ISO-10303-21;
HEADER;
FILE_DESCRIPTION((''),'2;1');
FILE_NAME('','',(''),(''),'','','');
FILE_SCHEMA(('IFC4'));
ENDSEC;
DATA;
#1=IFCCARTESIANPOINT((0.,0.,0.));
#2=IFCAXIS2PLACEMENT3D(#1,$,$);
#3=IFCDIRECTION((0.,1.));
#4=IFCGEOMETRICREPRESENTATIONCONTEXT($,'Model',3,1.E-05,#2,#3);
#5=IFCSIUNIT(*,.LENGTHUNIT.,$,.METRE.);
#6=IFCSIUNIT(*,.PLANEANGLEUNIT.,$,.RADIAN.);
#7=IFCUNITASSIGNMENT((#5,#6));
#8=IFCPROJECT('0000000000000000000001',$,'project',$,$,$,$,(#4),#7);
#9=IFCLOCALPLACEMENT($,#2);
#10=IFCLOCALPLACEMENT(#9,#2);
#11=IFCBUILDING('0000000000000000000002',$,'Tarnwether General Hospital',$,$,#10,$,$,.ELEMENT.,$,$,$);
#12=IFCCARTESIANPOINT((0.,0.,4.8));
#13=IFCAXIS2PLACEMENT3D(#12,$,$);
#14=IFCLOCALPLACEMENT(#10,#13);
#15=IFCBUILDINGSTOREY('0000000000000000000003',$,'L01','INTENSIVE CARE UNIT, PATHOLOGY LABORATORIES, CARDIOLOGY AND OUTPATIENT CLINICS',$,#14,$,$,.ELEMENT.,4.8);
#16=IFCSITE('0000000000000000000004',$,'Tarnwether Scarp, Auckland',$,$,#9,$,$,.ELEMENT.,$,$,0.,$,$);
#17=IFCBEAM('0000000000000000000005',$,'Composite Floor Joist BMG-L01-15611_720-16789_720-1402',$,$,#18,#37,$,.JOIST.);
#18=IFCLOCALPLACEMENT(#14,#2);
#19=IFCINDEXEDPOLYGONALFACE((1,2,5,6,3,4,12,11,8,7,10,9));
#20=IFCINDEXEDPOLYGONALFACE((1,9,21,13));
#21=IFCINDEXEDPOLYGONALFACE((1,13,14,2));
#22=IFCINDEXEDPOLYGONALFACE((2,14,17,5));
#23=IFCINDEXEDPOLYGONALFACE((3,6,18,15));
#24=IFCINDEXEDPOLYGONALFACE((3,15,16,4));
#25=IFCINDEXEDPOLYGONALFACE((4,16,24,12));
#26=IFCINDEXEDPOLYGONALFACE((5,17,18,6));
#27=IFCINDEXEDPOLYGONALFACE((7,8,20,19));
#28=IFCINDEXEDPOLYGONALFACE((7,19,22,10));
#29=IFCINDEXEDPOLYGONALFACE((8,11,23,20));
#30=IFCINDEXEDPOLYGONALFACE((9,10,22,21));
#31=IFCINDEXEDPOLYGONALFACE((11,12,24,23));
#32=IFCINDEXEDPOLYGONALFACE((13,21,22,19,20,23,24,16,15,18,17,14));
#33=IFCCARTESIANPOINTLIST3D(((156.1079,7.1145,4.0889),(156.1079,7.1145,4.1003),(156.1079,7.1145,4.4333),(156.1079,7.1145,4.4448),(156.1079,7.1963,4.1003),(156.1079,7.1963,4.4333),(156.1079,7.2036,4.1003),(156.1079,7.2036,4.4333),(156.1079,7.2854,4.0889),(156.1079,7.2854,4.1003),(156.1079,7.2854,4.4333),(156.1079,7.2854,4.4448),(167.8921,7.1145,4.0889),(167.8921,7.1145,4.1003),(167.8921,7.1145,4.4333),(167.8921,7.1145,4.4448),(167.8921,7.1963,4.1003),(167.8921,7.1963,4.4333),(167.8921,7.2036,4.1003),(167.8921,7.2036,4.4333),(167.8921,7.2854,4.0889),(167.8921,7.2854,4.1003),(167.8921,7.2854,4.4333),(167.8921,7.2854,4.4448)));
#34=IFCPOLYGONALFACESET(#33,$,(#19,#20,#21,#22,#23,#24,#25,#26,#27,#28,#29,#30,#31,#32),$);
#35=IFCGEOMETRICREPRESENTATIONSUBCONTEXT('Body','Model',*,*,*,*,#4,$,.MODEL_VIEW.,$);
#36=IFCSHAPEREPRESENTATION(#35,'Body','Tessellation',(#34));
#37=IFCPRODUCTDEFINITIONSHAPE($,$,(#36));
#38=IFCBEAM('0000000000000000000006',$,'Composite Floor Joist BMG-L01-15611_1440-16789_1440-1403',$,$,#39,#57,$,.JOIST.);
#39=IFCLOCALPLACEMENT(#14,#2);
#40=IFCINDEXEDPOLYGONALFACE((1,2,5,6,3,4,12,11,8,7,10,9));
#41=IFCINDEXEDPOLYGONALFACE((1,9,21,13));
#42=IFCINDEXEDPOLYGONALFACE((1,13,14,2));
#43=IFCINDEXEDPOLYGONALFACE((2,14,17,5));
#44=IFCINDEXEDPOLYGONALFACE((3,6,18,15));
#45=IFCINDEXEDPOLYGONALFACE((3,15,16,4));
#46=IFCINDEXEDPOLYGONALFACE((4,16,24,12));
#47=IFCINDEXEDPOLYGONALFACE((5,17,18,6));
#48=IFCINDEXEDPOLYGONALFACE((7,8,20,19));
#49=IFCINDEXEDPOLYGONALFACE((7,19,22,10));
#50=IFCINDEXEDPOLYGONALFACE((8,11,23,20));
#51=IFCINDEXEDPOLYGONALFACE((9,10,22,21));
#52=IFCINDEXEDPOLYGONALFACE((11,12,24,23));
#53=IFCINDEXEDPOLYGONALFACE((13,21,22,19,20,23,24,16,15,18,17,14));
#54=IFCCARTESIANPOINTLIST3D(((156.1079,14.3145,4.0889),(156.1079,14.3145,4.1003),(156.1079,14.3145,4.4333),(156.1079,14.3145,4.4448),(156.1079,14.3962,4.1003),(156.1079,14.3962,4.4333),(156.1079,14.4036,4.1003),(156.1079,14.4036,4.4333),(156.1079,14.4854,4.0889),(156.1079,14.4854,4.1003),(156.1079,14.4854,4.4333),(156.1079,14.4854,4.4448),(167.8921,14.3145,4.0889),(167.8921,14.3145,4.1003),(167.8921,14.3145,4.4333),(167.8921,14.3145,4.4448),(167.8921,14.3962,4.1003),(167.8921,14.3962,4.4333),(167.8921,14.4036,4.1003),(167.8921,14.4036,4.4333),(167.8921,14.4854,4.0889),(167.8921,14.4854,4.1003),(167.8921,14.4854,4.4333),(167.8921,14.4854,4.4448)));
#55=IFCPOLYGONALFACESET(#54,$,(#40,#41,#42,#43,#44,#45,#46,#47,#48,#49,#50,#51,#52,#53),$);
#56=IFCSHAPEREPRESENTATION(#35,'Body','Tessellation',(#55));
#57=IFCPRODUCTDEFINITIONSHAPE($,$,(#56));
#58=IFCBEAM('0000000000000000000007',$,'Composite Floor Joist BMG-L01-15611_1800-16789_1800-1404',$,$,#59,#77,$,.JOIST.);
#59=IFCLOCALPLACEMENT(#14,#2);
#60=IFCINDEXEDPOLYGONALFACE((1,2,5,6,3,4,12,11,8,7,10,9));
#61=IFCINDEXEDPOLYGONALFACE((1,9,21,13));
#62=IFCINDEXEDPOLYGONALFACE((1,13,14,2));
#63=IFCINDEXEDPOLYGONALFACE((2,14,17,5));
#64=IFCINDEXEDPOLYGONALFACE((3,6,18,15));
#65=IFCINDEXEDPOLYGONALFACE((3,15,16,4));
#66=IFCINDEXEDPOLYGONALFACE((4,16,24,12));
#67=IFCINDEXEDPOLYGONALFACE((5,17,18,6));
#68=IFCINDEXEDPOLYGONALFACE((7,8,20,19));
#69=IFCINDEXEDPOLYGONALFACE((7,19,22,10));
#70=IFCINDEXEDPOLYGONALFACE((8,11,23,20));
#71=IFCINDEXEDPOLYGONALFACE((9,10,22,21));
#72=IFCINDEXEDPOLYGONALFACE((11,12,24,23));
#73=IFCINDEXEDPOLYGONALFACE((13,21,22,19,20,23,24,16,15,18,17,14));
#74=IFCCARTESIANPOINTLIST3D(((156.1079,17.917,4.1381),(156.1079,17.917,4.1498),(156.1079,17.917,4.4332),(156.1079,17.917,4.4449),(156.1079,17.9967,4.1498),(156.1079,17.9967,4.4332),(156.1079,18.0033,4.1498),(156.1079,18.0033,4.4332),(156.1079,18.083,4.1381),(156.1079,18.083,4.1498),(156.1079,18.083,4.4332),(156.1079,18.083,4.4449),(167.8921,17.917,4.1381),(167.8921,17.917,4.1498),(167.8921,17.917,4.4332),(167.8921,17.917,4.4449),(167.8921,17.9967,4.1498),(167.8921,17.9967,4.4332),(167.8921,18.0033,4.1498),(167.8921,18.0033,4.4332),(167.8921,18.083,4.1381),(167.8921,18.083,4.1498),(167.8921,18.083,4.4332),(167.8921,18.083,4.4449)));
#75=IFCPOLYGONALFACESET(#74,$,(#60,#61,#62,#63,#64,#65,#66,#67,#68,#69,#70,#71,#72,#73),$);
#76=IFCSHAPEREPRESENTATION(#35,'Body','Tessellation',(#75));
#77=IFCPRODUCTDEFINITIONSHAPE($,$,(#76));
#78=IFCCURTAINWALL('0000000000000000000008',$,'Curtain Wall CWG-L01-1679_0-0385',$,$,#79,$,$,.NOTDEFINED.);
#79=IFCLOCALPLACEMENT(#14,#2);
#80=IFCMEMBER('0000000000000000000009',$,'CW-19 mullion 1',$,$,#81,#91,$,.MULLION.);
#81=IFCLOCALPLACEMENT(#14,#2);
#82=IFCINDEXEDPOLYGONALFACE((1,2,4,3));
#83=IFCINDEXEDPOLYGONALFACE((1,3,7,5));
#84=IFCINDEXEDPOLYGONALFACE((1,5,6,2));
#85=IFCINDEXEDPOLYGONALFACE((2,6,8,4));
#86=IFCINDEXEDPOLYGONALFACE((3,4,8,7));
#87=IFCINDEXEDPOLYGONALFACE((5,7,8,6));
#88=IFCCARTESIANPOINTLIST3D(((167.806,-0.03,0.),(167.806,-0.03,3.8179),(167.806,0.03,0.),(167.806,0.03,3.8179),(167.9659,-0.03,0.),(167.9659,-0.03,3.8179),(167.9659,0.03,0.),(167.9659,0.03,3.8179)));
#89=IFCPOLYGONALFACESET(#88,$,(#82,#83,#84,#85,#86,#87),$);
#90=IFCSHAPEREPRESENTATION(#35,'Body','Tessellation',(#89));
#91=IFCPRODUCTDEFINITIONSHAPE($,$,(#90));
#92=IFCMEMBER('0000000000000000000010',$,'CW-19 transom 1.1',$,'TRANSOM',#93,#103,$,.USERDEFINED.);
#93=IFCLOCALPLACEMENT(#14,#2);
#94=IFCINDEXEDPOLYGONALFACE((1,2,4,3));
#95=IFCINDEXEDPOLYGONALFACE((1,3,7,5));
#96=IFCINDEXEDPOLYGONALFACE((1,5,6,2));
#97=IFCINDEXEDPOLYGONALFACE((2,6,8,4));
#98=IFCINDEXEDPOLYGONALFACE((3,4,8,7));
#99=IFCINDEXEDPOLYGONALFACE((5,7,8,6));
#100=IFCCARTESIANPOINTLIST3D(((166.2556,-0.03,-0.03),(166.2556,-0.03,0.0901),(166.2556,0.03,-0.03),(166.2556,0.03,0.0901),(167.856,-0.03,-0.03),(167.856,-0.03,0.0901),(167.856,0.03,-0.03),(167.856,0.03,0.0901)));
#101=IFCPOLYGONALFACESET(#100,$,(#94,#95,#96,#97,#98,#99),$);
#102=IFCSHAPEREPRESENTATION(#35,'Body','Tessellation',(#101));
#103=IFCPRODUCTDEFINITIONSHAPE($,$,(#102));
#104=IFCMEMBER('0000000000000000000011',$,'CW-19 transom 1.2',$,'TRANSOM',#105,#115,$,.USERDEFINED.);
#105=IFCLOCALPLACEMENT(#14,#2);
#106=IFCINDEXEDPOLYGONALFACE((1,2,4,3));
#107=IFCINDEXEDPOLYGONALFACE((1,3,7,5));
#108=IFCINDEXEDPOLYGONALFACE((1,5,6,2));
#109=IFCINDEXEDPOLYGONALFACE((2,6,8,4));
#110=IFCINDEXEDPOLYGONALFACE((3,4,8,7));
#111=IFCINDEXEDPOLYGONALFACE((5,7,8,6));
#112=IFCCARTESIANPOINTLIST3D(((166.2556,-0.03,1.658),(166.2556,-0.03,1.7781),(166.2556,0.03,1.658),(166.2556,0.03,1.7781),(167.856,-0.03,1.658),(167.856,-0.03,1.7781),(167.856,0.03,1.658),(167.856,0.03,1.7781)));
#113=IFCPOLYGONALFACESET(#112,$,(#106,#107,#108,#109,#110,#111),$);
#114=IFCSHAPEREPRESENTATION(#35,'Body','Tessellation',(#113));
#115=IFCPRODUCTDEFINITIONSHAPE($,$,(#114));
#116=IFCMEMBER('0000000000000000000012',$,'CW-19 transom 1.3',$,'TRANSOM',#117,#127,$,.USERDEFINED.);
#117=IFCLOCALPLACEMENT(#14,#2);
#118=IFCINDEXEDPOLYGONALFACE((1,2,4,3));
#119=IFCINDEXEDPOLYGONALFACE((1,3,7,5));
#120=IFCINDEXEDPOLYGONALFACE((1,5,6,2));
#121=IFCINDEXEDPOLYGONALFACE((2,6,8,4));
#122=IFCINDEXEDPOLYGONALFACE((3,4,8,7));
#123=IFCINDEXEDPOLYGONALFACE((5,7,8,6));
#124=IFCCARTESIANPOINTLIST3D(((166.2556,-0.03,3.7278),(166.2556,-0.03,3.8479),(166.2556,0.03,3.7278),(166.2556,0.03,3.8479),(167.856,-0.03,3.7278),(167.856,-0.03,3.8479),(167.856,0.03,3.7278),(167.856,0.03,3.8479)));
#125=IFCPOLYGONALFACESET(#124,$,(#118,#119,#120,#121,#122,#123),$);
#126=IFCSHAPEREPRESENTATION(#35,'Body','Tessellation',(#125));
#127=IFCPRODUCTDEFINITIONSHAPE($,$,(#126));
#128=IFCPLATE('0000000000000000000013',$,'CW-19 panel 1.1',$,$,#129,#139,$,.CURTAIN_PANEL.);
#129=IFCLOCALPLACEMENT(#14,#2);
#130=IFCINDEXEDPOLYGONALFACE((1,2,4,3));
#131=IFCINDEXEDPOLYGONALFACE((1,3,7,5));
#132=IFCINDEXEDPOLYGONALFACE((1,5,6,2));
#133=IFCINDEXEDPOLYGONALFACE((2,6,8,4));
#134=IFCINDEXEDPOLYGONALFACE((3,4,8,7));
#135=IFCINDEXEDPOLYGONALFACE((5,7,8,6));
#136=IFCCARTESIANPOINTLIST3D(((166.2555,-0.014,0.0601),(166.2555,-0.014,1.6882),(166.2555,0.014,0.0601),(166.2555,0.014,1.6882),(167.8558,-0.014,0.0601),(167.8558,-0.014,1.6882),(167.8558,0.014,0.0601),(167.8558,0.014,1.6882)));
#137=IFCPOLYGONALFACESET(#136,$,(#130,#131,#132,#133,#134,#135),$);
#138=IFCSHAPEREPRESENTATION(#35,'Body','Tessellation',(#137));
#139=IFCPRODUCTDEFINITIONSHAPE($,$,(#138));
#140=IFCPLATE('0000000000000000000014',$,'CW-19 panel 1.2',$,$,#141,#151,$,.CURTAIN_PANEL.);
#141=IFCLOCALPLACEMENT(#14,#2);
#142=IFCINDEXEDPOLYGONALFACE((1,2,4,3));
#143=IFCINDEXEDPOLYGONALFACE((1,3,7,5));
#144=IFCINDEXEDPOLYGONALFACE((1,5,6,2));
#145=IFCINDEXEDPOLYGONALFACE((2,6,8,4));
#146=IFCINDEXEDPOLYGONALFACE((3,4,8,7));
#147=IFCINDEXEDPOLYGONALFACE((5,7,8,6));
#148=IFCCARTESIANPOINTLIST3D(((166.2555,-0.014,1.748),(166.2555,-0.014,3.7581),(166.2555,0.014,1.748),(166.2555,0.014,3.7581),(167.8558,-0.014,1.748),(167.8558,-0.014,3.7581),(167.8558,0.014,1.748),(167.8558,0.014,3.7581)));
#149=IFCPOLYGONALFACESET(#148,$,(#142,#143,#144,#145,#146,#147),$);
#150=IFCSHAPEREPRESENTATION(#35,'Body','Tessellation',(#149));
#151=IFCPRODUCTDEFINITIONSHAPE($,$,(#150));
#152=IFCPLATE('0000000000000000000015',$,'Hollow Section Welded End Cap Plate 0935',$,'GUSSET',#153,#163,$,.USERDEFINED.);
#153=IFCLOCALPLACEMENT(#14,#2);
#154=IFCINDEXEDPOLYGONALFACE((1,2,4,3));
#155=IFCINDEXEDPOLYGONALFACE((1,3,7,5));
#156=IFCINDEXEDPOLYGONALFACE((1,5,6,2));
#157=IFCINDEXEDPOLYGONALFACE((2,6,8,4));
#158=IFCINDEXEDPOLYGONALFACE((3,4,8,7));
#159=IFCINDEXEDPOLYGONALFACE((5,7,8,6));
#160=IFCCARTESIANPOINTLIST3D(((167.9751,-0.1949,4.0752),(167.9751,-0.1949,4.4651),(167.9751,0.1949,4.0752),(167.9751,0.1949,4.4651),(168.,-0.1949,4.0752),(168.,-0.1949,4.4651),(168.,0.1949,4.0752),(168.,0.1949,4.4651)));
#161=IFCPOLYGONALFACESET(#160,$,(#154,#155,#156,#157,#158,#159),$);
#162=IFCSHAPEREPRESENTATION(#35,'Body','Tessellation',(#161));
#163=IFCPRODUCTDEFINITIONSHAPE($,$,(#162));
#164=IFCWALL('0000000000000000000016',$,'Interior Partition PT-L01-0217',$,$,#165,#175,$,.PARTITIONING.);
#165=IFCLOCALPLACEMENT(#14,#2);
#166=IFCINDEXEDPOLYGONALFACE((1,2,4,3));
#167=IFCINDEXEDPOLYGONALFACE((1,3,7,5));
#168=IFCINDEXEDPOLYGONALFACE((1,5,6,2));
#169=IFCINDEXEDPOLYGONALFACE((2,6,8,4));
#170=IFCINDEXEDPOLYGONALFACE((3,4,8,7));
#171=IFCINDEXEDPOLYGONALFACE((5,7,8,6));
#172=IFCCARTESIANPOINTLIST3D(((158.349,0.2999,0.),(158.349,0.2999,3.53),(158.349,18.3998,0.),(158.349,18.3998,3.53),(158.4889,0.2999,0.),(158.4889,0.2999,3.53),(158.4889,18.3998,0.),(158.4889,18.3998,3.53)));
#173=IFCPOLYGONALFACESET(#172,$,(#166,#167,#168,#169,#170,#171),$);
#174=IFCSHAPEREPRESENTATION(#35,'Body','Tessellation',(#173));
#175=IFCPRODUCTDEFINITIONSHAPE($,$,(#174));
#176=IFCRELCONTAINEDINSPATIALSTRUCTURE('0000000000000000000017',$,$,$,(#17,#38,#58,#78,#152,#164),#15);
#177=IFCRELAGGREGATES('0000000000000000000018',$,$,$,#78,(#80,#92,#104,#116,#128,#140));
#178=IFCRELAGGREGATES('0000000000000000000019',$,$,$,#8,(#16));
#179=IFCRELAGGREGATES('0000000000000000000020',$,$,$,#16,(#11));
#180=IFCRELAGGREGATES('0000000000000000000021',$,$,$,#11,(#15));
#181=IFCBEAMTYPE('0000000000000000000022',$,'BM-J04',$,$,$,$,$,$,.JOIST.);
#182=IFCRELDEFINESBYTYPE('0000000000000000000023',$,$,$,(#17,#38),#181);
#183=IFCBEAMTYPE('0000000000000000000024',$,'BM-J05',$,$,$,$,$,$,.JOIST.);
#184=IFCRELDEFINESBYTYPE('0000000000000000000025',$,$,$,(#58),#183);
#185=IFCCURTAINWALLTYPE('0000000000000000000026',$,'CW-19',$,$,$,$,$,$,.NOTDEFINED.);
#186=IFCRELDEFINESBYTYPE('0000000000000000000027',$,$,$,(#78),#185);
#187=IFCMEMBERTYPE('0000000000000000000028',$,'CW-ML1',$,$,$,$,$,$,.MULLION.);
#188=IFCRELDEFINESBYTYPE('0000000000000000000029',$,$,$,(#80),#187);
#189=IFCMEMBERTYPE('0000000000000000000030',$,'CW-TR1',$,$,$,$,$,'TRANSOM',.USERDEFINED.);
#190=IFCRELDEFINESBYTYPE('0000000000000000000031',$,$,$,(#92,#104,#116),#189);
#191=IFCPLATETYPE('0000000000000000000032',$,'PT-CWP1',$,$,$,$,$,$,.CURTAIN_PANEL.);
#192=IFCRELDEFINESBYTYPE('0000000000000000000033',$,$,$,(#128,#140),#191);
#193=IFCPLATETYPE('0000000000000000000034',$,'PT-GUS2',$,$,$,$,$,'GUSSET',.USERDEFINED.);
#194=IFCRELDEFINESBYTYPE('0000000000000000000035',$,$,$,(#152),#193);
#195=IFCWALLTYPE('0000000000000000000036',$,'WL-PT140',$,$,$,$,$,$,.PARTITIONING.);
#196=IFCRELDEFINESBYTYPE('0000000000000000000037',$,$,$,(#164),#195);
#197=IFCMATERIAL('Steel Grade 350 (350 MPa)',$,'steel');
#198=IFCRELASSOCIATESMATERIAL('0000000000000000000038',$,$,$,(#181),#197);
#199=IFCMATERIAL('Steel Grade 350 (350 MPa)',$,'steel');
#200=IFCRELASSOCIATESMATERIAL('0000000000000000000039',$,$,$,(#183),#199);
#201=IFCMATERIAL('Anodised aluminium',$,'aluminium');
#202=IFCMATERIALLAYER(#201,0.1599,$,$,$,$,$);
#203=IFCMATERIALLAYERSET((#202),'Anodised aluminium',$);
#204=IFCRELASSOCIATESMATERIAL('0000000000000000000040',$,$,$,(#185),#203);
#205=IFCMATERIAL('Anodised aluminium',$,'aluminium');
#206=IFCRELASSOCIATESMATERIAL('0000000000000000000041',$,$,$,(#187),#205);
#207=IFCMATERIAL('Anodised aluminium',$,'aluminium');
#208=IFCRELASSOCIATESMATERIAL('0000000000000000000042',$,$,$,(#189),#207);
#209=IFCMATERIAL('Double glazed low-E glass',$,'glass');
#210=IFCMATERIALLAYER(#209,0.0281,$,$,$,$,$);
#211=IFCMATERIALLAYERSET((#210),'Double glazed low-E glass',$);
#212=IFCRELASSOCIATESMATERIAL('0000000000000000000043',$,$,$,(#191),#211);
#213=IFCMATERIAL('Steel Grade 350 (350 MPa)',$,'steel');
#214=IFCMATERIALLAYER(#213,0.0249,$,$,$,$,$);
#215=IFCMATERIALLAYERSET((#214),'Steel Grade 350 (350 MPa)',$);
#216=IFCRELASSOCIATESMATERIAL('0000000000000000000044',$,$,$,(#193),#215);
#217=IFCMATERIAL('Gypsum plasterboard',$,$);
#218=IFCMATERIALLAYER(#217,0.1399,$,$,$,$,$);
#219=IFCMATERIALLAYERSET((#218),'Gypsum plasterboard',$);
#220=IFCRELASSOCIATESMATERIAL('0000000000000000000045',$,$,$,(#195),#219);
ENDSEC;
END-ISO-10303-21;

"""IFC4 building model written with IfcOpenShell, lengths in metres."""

from ifc_helpers import new_model, si_unit, direction, frame, frame_2d, origin, origin_2d, place, context, subcontext, project, spatial, rectangle, i_section, extrude, material, layer, layer_set, material_profile, profile_set, type_object, element, aggregate, save


model = new_model("IFC4")

# Units and contexts
model_context = context("Model", 3, precision=1e-05, world=origin(), true_north=direction((0.0, 1.0)))
body_context = subcontext(model_context, "Body", "Model", "MODEL_VIEW")
ifc_project = project(units=[si_unit("LENGTHUNIT", "METRE"), si_unit("PLANEANGLEUNIT", "RADIAN")], contexts=[model_context])

# Site, building, storey
site_placement = place(None, origin())
site = spatial("IfcSite", under=ifc_project, at=site_placement, Name="Tarnwether Scarp, Auckland", CompositionType="ELEMENT", RefElevation=0.0)
building_placement = place(site_placement, origin())
building = spatial("IfcBuilding", under=site, at=building_placement, Name="Tarnwether General Hospital", CompositionType="ELEMENT")
storey_placement = place(building_placement, frame((0.0, 0.0, 4.8)))
storey = spatial("IfcBuildingStorey", under=building, at=storey_placement, Name="L01", Description="INTENSIVE CARE UNIT, PATHOLOGY LABORATORIES, CARDIOLOGY AND OUTPATIENT CLINICS", CompositionType="ELEMENT", Elevation=4.8)

# Beams
ifc_material_1 = material(Name="Steel Grade 350 (350 MPa)", Category="steel")
ifc_material_profile_1 = material_profile(ifc_material_1, i_section(OverallWidth=0.1709, OverallDepth=0.356, WebThickness=0.0073, FlangeThickness=0.0115, at=origin_2d()), Name="360UB50.7")
ifc_profile_set_1 = profile_set([ifc_material_profile_1], Name="Steel Grade 350 (350 MPa)")
beam_type_1 = type_object("IfcBeamType", Name="BM-J04", PredefinedType="JOIST", material=ifc_profile_set_1)
for number, where, z_axis, x_axis, name in (
    (1, (156.1079, 7.2, 4.2668), (1.0, 0.0, 0.0), (0.0, 1.0, 0.0), "Composite Floor Joist BMG-L01-15611_720-16789_720-1402"),
    (2, (156.1079, 14.3999, 4.2668), (1.0, 0.0, 0.0), (0.0, 1.0, 0.0), "Composite Floor Joist BMG-L01-15611_1440-16789_1440-1403"),
):
    element("IfcBeam", number, at=place(storey_placement, frame(where, z_axis=z_axis, x_axis=x_axis)), inside=storey, type_object=beam_type_1, Name=name, PredefinedType="JOIST", context=body_context, shape_type="SweptSolid", body=[
        extrude(i_section(OverallWidth=0.1709, OverallDepth=0.356, WebThickness=0.0073, FlangeThickness=0.0115, at=origin_2d()), origin(), (0.0, 0.0, 1.0), 11.7842),
    ])
ifc_material_2 = material(Name="Steel Grade 350 (350 MPa)", Category="steel")
ifc_material_profile_2 = material_profile(ifc_material_2, i_section(OverallWidth=0.166, OverallDepth=0.3069, WebThickness=0.0066, FlangeThickness=0.0117, at=origin_2d()), Name="310UB46.2")
ifc_profile_set_2 = profile_set([ifc_material_profile_2], Name="Steel Grade 350 (350 MPa)")
beam_type_2 = type_object("IfcBeamType", Name="BM-J05", PredefinedType="JOIST", material=ifc_profile_set_2)
beam_1_placement = place(storey_placement, frame((156.1079, 18.0, 4.2915), z_axis=(1.0, 0.0, 0.0), x_axis=(0.0, 1.0, 0.0)))
element("IfcBeam", 3, at=beam_1_placement, inside=storey, type_object=beam_type_2, Name="Composite Floor Joist BMG-L01-15611_1800-16789_1800-1404", PredefinedType="JOIST", context=body_context, shape_type="SweptSolid", body=[
    extrude(i_section(OverallWidth=0.166, OverallDepth=0.3069, WebThickness=0.0066, FlangeThickness=0.0117, at=origin_2d()), origin(), (0.0, 0.0, 1.0), 11.7842),
])

# Curtain wall, members, plates
ifc_material_3 = material(Name="Anodised aluminium", Category="aluminium")
ifc_layer_1 = layer(ifc_material_3, 0.1599)
ifc_layer_set_1 = layer_set([ifc_layer_1], Name="Anodised aluminium")
curtain_wall_type = type_object("IfcCurtainWallType", Name="CW-19", PredefinedType="NOTDEFINED", material=ifc_layer_set_1)
curtain_wall_placement = place(storey_placement, origin())
curtain_wall = element("IfcCurtainWall", 4, at=curtain_wall_placement, inside=storey, type_object=curtain_wall_type, Name="Curtain Wall CWG-L01-1679_0-0385", PredefinedType="NOTDEFINED")
ifc_material_4 = material(Name="Anodised aluminium", Category="aluminium")
ifc_material_profile_3 = material_profile(ifc_material_4, rectangle(XDim=0.0601, YDim=0.1599, at=origin_2d()), Name="ALU-MUL-60x160")
ifc_profile_set_3 = profile_set([ifc_material_profile_3], Name="Anodised aluminium")
member_type_1 = type_object("IfcMemberType", Name="CW-ML1", PredefinedType="MULLION", material=ifc_profile_set_3)
member_1_placement = place(storey_placement, frame((167.886, 0.0, 0.0), z_axis=(0.0, 0.0, 1.0), x_axis=(0.0, -1.0, 0.0)))
member_1 = element("IfcMember", 5, at=member_1_placement, type_object=member_type_1, Name="CW-19 mullion 1", PredefinedType="MULLION", context=body_context, shape_type="SweptSolid", body=[
    extrude(rectangle(XDim=0.0601, YDim=0.1599, at=origin_2d()), origin(), (0.0, 0.0, 1.0), 3.8179),
])
ifc_material_5 = material(Name="Anodised aluminium", Category="aluminium")
ifc_material_profile_4 = material_profile(ifc_material_5, rectangle(XDim=0.0601, YDim=0.1201, at=origin_2d()), Name="ALU-TRN-60x120")
ifc_profile_set_4 = profile_set([ifc_material_profile_4], Name="Anodised aluminium")
member_type_2 = type_object("IfcMemberType", Name="CW-TR1", ElementType="TRANSOM", PredefinedType="USERDEFINED", material=ifc_profile_set_4)
member_2_placement = place(storey_placement, frame((167.856, 0.0, 0.03), z_axis=(-1.0, 0.0, 0.0), x_axis=(0.0, -1.0, 0.0)))
member_2 = element("IfcMember", 6, at=member_2_placement, type_object=member_type_2, Name="CW-19 transom 1.1", ObjectType="TRANSOM", PredefinedType="USERDEFINED", context=body_context, shape_type="SweptSolid", body=[
    extrude(rectangle(XDim=0.0601, YDim=0.1201, at=origin_2d()), origin(), (0.0, 0.0, 1.0), 1.6003),
])
member_3_placement = place(storey_placement, frame((167.856, 0.0, 1.718), z_axis=(-1.0, 0.0, 0.0), x_axis=(0.0, -1.0, 0.0)))
member_3 = element("IfcMember", 7, at=member_3_placement, type_object=member_type_2, Name="CW-19 transom 1.2", ObjectType="TRANSOM", PredefinedType="USERDEFINED", context=body_context, shape_type="SweptSolid", body=[
    extrude(rectangle(XDim=0.0601, YDim=0.1201, at=origin_2d()), origin(), (0.0, 0.0, 1.0), 1.6003),
])
member_4_placement = place(storey_placement, frame((167.856, 0.0, 3.7878), z_axis=(-1.0, 0.0, 0.0), x_axis=(0.0, -1.0, 0.0)))
member_4 = element("IfcMember", 8, at=member_4_placement, type_object=member_type_2, Name="CW-19 transom 1.3", ObjectType="TRANSOM", PredefinedType="USERDEFINED", context=body_context, shape_type="SweptSolid", body=[
    extrude(rectangle(XDim=0.0601, YDim=0.1201, at=origin_2d()), origin(), (0.0, 0.0, 1.0), 1.6003),
])
ifc_material_6 = material(Name="Double glazed low-E glass", Category="glass")
ifc_layer_2 = layer(ifc_material_6, 0.0281)
ifc_layer_set_2 = layer_set([ifc_layer_2], Name="Double glazed low-E glass")
plate_type_1 = type_object("IfcPlateType", Name="PT-CWP1", PredefinedType="CURTAIN_PANEL", material=ifc_layer_set_2)
plate_1_placement = place(storey_placement, frame((167.0557, 0.0, 0.0601), z_axis=(0.0, 0.0, 1.0), x_axis=(-1.0, 0.0, 0.0)))
plate_1 = element("IfcPlate", 9, at=plate_1_placement, type_object=plate_type_1, Name="CW-19 panel 1.1", PredefinedType="CURTAIN_PANEL", context=body_context, shape_type="SweptSolid", body=[
    extrude(rectangle(XDim=1.6003, YDim=0.0281, at=origin_2d()), origin(), (0.0, 0.0, 1.0), 1.6282),
])
plate_2_placement = place(storey_placement, frame((167.0557, 0.0, 1.748), z_axis=(0.0, 0.0, 1.0), x_axis=(-1.0, 0.0, 0.0)))
plate_2 = element("IfcPlate", 10, at=plate_2_placement, type_object=plate_type_1, Name="CW-19 panel 1.2", PredefinedType="CURTAIN_PANEL", context=body_context, shape_type="SweptSolid", body=[
    extrude(rectangle(XDim=1.6003, YDim=0.0281, at=origin_2d()), origin(), (0.0, 0.0, 1.0), 2.01),
])
aggregate(curtain_wall, [member_1, member_2, member_3, member_4, plate_1, plate_2])

# Plate
ifc_material_7 = material(Name="Steel Grade 350 (350 MPa)", Category="steel")
ifc_layer_3 = layer(ifc_material_7, 0.0249)
ifc_layer_set_3 = layer_set([ifc_layer_3], Name="Steel Grade 350 (350 MPa)")
plate_type_2 = type_object("IfcPlateType", Name="PT-GUS2", ElementType="GUSSET", PredefinedType="USERDEFINED", material=ifc_layer_set_3)
plate_3_placement = place(storey_placement, frame((167.9875, 0.0, 4.0752), z_axis=(0.0, 0.0, 1.0), x_axis=(1.0, 0.0, 0.0)))
element("IfcPlate", 11, at=plate_3_placement, inside=storey, type_object=plate_type_2, Name="Hollow Section Welded End Cap Plate 0935", ObjectType="GUSSET", PredefinedType="USERDEFINED", context=body_context, shape_type="SweptSolid", body=[
    extrude(rectangle(XDim=0.0249, YDim=0.3899, at=origin_2d()), origin(), (0.0, 0.0, 1.0), 0.3899),
])

# Wall
ifc_material_8 = material(Name="Gypsum plasterboard")
ifc_layer_4 = layer(ifc_material_8, 0.1399)
ifc_layer_set_4 = layer_set([ifc_layer_4], Name="Gypsum plasterboard")
wall_type_1 = type_object("IfcWallType", Name="WL-PT140", PredefinedType="PARTITIONING", material=ifc_layer_set_4)
wall_1_placement = place(storey_placement, frame((158.4189, 0.3, 0.0), z_axis=(0.0, 0.0, 1.0), x_axis=(0.0, 1.0, 0.0)))
element("IfcWall", 12, at=wall_1_placement, inside=storey, type_object=wall_type_1, Name="Interior Partition PT-L01-0217", PredefinedType="PARTITIONING", context=body_context, shape_type="SweptSolid", body=[
    extrude(rectangle(XDim=18.0999, YDim=0.1399, at=frame_2d((9.0498, 0.0))), origin(), (0.0, 0.0, 1.0), 3.53),
])

save(model, "model.ifc")
